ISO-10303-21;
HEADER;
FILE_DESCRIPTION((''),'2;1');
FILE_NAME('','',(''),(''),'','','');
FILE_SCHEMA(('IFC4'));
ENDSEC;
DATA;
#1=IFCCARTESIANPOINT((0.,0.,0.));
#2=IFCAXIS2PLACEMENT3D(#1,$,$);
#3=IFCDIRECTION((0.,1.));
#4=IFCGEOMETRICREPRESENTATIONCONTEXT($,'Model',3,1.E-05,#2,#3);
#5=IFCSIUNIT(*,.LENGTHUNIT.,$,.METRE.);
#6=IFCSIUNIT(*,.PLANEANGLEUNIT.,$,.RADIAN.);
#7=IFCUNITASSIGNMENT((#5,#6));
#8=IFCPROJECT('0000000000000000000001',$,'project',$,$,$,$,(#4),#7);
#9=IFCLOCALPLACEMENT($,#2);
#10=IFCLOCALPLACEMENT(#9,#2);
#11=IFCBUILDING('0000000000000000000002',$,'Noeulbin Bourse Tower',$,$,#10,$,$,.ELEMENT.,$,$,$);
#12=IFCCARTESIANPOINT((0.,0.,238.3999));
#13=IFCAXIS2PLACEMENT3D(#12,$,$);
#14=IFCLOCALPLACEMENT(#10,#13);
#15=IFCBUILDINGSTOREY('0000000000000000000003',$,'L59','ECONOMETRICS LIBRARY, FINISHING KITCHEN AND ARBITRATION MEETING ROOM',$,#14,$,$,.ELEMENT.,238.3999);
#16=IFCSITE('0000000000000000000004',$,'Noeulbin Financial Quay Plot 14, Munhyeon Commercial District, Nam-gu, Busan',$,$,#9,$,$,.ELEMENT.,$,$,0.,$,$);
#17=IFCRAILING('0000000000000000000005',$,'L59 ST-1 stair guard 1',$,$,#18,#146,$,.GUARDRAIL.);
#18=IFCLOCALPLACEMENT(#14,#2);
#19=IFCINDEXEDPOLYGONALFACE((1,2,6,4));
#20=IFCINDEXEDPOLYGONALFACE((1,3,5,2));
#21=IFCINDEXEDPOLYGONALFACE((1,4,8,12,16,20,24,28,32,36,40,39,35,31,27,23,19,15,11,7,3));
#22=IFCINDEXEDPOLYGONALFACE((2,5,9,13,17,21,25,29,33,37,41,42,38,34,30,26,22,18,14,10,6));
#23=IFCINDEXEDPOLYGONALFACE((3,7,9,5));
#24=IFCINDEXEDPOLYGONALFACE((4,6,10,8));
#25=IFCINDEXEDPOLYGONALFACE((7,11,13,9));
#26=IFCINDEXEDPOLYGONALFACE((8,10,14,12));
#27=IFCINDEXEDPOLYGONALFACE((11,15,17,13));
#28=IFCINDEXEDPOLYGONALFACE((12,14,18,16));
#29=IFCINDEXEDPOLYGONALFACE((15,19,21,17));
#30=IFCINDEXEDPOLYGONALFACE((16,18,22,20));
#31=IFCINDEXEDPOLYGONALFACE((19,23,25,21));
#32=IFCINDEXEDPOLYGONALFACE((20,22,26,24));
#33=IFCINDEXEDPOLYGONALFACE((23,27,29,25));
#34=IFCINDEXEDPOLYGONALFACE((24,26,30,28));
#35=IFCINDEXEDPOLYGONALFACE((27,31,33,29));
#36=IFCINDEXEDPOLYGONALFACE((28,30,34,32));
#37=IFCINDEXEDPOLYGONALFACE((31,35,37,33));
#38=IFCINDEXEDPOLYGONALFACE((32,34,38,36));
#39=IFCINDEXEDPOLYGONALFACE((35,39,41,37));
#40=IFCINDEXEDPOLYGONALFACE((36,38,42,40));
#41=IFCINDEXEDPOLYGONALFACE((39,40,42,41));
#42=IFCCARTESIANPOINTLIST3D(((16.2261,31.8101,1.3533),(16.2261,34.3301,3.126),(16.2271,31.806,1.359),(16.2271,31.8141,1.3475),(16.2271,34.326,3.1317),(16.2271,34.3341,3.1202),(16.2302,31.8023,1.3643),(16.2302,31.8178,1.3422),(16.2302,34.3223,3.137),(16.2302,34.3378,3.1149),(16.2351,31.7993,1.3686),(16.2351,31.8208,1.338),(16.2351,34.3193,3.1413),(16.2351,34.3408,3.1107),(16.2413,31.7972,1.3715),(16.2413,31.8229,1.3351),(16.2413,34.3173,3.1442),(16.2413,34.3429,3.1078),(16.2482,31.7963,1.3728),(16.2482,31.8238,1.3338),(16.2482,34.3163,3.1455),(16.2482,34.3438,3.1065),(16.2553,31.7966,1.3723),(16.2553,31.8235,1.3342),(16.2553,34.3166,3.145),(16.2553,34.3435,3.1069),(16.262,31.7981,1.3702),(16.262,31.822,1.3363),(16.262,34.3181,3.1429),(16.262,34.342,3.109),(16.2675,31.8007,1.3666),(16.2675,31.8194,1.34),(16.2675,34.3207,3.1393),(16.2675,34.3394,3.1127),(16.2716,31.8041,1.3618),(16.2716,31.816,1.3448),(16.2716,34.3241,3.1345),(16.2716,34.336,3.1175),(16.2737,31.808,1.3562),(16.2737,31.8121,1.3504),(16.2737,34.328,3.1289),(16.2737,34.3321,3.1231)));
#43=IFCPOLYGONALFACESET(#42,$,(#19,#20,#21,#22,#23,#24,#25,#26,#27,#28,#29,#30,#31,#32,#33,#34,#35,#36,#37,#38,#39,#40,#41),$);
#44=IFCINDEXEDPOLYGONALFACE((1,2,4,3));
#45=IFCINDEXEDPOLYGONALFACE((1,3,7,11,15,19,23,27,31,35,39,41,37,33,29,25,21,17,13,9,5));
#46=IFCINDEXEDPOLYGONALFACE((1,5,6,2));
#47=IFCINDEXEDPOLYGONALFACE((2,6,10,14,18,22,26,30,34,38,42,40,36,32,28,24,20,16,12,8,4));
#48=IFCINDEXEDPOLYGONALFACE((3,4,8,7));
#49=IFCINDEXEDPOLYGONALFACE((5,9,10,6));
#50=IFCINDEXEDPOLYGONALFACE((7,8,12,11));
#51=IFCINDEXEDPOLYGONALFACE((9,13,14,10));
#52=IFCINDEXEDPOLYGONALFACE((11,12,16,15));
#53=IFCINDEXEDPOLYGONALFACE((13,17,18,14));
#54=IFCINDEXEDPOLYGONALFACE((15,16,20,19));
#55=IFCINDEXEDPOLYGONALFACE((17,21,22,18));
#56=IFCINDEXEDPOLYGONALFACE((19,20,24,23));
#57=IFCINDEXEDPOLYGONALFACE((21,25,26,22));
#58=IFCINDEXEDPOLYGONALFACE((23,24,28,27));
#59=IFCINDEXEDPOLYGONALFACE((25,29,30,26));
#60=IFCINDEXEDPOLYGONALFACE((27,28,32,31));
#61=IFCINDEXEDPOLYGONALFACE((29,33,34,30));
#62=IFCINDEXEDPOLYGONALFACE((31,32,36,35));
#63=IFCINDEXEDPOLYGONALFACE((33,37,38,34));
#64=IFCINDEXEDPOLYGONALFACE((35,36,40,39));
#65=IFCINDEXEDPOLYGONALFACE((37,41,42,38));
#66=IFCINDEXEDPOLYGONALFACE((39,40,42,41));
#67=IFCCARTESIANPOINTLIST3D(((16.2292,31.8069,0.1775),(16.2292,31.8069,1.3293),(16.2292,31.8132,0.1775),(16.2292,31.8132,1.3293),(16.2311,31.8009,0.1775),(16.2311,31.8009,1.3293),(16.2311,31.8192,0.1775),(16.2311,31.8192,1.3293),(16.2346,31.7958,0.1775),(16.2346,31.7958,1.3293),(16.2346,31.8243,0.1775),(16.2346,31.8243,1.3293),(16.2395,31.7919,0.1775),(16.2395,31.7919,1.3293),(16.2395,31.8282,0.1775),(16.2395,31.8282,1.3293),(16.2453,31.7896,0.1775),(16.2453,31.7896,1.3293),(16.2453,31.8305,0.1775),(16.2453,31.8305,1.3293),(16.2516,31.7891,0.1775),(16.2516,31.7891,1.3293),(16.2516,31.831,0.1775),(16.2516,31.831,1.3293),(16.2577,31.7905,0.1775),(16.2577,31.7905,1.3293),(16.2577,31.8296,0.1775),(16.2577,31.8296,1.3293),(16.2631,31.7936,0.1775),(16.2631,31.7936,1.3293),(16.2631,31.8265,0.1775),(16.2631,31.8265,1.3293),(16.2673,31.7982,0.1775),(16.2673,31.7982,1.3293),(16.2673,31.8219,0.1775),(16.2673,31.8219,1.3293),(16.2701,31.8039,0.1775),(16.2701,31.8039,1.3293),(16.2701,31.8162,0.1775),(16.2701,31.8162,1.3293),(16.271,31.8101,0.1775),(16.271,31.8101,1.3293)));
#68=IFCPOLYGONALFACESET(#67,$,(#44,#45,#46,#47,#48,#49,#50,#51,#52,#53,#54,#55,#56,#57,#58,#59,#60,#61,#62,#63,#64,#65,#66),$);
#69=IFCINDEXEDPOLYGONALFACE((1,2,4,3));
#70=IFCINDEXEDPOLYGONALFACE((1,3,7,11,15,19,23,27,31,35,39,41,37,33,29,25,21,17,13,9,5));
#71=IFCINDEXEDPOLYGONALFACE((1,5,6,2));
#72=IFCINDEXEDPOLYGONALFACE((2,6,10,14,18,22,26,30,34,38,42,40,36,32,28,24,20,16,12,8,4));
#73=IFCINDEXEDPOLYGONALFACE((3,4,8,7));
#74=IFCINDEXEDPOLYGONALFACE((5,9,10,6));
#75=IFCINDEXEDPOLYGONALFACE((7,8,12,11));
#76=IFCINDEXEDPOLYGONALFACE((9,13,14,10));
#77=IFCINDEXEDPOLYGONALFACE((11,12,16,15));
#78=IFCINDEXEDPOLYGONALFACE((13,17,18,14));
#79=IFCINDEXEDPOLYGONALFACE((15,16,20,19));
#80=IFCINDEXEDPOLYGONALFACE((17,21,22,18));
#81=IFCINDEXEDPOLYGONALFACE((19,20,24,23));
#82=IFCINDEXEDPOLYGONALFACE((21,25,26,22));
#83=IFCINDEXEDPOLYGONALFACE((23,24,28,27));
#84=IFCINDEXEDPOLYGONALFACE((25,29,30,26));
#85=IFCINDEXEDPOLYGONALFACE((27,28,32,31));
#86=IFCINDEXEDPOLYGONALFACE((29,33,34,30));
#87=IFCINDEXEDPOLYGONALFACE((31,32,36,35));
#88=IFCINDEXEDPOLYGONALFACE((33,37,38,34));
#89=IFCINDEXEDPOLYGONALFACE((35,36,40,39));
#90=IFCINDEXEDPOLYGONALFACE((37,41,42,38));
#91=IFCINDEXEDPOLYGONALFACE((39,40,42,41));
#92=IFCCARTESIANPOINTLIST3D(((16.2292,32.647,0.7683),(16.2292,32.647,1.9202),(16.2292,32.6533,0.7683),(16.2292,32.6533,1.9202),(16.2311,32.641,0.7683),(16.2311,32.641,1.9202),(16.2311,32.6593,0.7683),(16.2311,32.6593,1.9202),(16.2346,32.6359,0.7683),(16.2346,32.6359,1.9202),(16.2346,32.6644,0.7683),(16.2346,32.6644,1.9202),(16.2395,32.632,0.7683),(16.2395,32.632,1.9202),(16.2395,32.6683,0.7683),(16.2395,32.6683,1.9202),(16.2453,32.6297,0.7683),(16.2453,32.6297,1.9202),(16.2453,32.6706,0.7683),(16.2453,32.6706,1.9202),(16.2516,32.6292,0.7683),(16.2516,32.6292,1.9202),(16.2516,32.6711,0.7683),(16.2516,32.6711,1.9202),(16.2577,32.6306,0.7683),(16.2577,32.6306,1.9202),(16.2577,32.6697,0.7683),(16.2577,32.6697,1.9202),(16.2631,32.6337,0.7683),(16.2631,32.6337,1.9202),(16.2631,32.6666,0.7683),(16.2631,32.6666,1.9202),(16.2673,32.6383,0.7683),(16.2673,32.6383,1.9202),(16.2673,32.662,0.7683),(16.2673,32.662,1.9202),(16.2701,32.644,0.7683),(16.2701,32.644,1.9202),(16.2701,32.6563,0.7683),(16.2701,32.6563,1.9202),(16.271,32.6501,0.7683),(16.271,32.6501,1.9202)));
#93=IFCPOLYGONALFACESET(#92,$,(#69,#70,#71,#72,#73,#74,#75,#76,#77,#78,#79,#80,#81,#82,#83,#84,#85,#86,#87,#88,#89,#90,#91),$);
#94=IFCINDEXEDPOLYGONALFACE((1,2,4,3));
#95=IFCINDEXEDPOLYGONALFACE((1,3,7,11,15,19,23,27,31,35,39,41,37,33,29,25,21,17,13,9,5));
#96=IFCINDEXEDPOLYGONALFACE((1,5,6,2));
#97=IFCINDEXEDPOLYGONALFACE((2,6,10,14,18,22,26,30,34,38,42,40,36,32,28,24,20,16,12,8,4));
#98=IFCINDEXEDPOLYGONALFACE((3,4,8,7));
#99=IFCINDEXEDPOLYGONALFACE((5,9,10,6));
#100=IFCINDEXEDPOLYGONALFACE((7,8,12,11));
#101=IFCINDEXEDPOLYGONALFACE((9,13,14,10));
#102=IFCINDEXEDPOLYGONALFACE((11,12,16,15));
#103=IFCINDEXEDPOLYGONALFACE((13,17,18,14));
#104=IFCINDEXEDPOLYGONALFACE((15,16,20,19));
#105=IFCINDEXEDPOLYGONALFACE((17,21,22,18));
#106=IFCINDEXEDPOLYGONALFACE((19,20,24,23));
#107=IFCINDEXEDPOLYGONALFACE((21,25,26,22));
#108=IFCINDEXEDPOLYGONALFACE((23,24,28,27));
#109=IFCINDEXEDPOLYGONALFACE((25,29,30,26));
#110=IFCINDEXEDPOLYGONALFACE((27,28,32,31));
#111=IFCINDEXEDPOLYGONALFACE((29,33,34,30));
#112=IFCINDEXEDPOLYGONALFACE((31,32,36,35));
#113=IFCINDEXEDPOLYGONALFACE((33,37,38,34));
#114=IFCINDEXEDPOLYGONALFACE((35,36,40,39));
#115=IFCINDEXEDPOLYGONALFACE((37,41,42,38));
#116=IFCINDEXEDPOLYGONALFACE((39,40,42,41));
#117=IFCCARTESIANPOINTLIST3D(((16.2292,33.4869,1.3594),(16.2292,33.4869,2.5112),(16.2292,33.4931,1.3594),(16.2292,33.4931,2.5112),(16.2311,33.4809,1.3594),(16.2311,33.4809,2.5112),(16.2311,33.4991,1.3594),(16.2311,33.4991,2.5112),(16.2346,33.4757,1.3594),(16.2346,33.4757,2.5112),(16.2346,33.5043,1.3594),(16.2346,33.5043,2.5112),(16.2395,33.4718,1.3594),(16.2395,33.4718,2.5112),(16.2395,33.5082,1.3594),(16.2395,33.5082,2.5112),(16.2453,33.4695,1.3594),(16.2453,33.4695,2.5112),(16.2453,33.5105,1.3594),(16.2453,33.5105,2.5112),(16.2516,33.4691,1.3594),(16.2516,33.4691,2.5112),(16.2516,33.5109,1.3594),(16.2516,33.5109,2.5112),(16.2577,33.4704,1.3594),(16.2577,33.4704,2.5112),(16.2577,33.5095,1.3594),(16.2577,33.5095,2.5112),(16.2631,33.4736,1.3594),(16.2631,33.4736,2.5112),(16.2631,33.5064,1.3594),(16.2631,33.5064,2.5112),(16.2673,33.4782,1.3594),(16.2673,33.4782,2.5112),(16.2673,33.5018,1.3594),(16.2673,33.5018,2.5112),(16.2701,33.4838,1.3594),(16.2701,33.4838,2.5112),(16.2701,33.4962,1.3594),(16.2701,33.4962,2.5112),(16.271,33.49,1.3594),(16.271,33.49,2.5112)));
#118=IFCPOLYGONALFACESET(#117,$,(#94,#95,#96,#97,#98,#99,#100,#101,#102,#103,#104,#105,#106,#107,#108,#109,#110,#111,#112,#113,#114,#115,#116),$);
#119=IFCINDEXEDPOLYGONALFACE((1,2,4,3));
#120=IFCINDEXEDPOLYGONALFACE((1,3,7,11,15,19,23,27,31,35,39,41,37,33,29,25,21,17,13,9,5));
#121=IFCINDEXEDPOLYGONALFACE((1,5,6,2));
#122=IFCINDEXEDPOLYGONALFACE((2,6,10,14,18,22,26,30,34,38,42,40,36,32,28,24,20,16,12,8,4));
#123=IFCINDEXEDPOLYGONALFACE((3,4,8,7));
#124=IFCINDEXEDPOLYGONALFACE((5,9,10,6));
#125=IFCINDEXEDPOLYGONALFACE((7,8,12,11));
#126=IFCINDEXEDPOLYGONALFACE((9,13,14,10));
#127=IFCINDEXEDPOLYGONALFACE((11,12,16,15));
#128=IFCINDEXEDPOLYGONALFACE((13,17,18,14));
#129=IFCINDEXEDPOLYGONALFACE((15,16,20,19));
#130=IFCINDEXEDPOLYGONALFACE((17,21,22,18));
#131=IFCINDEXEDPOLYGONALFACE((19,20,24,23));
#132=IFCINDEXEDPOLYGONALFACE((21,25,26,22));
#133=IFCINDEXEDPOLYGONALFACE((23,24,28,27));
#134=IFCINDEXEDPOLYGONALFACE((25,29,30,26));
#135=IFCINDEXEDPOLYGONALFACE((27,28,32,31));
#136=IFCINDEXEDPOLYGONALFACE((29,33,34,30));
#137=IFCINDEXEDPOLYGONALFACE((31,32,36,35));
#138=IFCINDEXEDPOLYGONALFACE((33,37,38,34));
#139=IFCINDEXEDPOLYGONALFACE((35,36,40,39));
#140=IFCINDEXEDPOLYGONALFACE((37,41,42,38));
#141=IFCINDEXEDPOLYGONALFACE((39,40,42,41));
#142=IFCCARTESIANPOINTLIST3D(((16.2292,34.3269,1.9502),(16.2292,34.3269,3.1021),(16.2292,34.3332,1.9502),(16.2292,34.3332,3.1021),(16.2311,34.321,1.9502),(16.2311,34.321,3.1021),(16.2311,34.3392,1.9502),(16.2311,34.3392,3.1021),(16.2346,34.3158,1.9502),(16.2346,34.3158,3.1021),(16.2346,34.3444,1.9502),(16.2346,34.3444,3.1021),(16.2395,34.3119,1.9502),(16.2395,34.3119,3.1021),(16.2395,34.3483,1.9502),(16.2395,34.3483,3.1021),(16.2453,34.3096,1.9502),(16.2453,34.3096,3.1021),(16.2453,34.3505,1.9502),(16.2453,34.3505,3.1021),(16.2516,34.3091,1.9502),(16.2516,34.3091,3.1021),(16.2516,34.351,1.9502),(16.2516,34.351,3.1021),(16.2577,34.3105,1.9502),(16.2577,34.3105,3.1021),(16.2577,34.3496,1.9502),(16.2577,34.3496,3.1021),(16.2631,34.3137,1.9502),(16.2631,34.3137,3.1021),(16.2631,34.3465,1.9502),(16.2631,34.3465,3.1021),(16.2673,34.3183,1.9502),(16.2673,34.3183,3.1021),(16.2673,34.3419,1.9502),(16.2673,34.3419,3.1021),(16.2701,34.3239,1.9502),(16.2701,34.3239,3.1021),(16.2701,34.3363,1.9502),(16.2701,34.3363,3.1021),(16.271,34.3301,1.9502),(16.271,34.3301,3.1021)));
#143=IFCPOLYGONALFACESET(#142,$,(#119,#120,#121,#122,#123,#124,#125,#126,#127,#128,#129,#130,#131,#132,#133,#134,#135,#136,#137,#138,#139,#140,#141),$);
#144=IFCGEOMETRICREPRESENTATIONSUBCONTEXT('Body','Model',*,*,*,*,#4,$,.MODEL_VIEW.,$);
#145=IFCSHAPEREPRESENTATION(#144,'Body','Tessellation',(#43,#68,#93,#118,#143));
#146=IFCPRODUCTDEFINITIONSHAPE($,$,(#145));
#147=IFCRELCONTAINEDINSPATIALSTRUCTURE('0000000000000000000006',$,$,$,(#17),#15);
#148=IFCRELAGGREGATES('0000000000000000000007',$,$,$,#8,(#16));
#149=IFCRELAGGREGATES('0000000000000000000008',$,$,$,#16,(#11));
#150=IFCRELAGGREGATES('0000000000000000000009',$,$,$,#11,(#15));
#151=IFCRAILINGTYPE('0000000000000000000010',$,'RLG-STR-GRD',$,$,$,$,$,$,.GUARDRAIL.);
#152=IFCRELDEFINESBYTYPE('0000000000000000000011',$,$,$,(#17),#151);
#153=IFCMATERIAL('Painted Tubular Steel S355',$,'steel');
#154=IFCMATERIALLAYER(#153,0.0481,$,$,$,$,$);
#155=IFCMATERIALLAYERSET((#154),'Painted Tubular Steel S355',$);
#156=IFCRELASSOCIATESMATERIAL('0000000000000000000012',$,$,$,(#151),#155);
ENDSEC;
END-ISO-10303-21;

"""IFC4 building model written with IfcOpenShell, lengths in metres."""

from ifc_helpers import new_model, si_unit, direction, frame, origin, origin_2d, place, context, subcontext, project, spatial, circle, extrude, material, layer, layer_set, type_object, element, save


model = new_model("IFC4")

# Units and contexts
model_context = context("Model", 3, precision=1e-05, world=origin(), true_north=direction((0.0, 1.0)))
body_context = subcontext(model_context, "Body", "Model", "MODEL_VIEW")
ifc_project = project(units=[si_unit("LENGTHUNIT", "METRE"), si_unit("PLANEANGLEUNIT", "RADIAN")], contexts=[model_context])

# Site, building, storey
site_placement = place(None, origin())
site = spatial("IfcSite", under=ifc_project, at=site_placement, Name="Noeulbin Financial Quay Plot 14, Munhyeon Commercial District, Nam-gu, Busan", CompositionType="ELEMENT", RefElevation=0.0)
building_placement = place(site_placement, origin())
building = spatial("IfcBuilding", under=site, at=building_placement, Name="Noeulbin Bourse Tower", CompositionType="ELEMENT")
storey_placement = place(building_placement, frame((0.0, 0.0, 238.3999)))
storey = spatial("IfcBuildingStorey", under=building, at=storey_placement, Name="L59", Description="ECONOMETRICS LIBRARY, FINISHING KITCHEN AND ARBITRATION MEETING ROOM", CompositionType="ELEMENT", Elevation=238.3999)

# Railing
ifc_material_1 = material(Name="Painted Tubular Steel S355", Category="steel")
ifc_layer_1 = layer(ifc_material_1, 0.0481)
ifc_layer_set_1 = layer_set([ifc_layer_1], Name="Painted Tubular Steel S355")
railing_type_1 = type_object("IfcRailingType", Name="RLG-STR-GRD", PredefinedType="GUARDRAIL", material=ifc_layer_set_1)
railing_1_placement = place(storey_placement, frame((16.25, 31.8101, 0.1775)))
element("IfcRailing", 1, at=railing_1_placement, inside=storey, type_object=railing_type_1, Name="L59 ST-1 stair guard 1", PredefinedType="GUARDRAIL", context=body_context, shape_type="SweptSolid", body=[
    extrude(circle(Radius=0.0239, at=origin_2d()), frame((0.0, 0.0, 1.1758), z_axis=(0.0, 0.817904, 0.575354), x_axis=(-1.0, 0.0, 0.0)), (0.0, 0.0, 1.0), 3.0811),
    extrude(circle(Radius=0.021, at=origin_2d()), origin(), (0.0, 0.0, 1.0), 1.1519),
    extrude(circle(Radius=0.021, at=origin_2d()), frame((0.0, 0.8401, 0.5908)), (0.0, 0.0, 1.0), 1.1519),
    extrude(circle(Radius=0.021, at=origin_2d()), frame((0.0, 1.6799, 1.1819)), (0.0, 0.0, 1.0), 1.1519),
    extrude(circle(Radius=0.021, at=origin_2d()), frame((0.0, 2.52, 1.7727)), (0.0, 0.0, 1.0), 1.1519),
])

save(model, "model.ifc")
